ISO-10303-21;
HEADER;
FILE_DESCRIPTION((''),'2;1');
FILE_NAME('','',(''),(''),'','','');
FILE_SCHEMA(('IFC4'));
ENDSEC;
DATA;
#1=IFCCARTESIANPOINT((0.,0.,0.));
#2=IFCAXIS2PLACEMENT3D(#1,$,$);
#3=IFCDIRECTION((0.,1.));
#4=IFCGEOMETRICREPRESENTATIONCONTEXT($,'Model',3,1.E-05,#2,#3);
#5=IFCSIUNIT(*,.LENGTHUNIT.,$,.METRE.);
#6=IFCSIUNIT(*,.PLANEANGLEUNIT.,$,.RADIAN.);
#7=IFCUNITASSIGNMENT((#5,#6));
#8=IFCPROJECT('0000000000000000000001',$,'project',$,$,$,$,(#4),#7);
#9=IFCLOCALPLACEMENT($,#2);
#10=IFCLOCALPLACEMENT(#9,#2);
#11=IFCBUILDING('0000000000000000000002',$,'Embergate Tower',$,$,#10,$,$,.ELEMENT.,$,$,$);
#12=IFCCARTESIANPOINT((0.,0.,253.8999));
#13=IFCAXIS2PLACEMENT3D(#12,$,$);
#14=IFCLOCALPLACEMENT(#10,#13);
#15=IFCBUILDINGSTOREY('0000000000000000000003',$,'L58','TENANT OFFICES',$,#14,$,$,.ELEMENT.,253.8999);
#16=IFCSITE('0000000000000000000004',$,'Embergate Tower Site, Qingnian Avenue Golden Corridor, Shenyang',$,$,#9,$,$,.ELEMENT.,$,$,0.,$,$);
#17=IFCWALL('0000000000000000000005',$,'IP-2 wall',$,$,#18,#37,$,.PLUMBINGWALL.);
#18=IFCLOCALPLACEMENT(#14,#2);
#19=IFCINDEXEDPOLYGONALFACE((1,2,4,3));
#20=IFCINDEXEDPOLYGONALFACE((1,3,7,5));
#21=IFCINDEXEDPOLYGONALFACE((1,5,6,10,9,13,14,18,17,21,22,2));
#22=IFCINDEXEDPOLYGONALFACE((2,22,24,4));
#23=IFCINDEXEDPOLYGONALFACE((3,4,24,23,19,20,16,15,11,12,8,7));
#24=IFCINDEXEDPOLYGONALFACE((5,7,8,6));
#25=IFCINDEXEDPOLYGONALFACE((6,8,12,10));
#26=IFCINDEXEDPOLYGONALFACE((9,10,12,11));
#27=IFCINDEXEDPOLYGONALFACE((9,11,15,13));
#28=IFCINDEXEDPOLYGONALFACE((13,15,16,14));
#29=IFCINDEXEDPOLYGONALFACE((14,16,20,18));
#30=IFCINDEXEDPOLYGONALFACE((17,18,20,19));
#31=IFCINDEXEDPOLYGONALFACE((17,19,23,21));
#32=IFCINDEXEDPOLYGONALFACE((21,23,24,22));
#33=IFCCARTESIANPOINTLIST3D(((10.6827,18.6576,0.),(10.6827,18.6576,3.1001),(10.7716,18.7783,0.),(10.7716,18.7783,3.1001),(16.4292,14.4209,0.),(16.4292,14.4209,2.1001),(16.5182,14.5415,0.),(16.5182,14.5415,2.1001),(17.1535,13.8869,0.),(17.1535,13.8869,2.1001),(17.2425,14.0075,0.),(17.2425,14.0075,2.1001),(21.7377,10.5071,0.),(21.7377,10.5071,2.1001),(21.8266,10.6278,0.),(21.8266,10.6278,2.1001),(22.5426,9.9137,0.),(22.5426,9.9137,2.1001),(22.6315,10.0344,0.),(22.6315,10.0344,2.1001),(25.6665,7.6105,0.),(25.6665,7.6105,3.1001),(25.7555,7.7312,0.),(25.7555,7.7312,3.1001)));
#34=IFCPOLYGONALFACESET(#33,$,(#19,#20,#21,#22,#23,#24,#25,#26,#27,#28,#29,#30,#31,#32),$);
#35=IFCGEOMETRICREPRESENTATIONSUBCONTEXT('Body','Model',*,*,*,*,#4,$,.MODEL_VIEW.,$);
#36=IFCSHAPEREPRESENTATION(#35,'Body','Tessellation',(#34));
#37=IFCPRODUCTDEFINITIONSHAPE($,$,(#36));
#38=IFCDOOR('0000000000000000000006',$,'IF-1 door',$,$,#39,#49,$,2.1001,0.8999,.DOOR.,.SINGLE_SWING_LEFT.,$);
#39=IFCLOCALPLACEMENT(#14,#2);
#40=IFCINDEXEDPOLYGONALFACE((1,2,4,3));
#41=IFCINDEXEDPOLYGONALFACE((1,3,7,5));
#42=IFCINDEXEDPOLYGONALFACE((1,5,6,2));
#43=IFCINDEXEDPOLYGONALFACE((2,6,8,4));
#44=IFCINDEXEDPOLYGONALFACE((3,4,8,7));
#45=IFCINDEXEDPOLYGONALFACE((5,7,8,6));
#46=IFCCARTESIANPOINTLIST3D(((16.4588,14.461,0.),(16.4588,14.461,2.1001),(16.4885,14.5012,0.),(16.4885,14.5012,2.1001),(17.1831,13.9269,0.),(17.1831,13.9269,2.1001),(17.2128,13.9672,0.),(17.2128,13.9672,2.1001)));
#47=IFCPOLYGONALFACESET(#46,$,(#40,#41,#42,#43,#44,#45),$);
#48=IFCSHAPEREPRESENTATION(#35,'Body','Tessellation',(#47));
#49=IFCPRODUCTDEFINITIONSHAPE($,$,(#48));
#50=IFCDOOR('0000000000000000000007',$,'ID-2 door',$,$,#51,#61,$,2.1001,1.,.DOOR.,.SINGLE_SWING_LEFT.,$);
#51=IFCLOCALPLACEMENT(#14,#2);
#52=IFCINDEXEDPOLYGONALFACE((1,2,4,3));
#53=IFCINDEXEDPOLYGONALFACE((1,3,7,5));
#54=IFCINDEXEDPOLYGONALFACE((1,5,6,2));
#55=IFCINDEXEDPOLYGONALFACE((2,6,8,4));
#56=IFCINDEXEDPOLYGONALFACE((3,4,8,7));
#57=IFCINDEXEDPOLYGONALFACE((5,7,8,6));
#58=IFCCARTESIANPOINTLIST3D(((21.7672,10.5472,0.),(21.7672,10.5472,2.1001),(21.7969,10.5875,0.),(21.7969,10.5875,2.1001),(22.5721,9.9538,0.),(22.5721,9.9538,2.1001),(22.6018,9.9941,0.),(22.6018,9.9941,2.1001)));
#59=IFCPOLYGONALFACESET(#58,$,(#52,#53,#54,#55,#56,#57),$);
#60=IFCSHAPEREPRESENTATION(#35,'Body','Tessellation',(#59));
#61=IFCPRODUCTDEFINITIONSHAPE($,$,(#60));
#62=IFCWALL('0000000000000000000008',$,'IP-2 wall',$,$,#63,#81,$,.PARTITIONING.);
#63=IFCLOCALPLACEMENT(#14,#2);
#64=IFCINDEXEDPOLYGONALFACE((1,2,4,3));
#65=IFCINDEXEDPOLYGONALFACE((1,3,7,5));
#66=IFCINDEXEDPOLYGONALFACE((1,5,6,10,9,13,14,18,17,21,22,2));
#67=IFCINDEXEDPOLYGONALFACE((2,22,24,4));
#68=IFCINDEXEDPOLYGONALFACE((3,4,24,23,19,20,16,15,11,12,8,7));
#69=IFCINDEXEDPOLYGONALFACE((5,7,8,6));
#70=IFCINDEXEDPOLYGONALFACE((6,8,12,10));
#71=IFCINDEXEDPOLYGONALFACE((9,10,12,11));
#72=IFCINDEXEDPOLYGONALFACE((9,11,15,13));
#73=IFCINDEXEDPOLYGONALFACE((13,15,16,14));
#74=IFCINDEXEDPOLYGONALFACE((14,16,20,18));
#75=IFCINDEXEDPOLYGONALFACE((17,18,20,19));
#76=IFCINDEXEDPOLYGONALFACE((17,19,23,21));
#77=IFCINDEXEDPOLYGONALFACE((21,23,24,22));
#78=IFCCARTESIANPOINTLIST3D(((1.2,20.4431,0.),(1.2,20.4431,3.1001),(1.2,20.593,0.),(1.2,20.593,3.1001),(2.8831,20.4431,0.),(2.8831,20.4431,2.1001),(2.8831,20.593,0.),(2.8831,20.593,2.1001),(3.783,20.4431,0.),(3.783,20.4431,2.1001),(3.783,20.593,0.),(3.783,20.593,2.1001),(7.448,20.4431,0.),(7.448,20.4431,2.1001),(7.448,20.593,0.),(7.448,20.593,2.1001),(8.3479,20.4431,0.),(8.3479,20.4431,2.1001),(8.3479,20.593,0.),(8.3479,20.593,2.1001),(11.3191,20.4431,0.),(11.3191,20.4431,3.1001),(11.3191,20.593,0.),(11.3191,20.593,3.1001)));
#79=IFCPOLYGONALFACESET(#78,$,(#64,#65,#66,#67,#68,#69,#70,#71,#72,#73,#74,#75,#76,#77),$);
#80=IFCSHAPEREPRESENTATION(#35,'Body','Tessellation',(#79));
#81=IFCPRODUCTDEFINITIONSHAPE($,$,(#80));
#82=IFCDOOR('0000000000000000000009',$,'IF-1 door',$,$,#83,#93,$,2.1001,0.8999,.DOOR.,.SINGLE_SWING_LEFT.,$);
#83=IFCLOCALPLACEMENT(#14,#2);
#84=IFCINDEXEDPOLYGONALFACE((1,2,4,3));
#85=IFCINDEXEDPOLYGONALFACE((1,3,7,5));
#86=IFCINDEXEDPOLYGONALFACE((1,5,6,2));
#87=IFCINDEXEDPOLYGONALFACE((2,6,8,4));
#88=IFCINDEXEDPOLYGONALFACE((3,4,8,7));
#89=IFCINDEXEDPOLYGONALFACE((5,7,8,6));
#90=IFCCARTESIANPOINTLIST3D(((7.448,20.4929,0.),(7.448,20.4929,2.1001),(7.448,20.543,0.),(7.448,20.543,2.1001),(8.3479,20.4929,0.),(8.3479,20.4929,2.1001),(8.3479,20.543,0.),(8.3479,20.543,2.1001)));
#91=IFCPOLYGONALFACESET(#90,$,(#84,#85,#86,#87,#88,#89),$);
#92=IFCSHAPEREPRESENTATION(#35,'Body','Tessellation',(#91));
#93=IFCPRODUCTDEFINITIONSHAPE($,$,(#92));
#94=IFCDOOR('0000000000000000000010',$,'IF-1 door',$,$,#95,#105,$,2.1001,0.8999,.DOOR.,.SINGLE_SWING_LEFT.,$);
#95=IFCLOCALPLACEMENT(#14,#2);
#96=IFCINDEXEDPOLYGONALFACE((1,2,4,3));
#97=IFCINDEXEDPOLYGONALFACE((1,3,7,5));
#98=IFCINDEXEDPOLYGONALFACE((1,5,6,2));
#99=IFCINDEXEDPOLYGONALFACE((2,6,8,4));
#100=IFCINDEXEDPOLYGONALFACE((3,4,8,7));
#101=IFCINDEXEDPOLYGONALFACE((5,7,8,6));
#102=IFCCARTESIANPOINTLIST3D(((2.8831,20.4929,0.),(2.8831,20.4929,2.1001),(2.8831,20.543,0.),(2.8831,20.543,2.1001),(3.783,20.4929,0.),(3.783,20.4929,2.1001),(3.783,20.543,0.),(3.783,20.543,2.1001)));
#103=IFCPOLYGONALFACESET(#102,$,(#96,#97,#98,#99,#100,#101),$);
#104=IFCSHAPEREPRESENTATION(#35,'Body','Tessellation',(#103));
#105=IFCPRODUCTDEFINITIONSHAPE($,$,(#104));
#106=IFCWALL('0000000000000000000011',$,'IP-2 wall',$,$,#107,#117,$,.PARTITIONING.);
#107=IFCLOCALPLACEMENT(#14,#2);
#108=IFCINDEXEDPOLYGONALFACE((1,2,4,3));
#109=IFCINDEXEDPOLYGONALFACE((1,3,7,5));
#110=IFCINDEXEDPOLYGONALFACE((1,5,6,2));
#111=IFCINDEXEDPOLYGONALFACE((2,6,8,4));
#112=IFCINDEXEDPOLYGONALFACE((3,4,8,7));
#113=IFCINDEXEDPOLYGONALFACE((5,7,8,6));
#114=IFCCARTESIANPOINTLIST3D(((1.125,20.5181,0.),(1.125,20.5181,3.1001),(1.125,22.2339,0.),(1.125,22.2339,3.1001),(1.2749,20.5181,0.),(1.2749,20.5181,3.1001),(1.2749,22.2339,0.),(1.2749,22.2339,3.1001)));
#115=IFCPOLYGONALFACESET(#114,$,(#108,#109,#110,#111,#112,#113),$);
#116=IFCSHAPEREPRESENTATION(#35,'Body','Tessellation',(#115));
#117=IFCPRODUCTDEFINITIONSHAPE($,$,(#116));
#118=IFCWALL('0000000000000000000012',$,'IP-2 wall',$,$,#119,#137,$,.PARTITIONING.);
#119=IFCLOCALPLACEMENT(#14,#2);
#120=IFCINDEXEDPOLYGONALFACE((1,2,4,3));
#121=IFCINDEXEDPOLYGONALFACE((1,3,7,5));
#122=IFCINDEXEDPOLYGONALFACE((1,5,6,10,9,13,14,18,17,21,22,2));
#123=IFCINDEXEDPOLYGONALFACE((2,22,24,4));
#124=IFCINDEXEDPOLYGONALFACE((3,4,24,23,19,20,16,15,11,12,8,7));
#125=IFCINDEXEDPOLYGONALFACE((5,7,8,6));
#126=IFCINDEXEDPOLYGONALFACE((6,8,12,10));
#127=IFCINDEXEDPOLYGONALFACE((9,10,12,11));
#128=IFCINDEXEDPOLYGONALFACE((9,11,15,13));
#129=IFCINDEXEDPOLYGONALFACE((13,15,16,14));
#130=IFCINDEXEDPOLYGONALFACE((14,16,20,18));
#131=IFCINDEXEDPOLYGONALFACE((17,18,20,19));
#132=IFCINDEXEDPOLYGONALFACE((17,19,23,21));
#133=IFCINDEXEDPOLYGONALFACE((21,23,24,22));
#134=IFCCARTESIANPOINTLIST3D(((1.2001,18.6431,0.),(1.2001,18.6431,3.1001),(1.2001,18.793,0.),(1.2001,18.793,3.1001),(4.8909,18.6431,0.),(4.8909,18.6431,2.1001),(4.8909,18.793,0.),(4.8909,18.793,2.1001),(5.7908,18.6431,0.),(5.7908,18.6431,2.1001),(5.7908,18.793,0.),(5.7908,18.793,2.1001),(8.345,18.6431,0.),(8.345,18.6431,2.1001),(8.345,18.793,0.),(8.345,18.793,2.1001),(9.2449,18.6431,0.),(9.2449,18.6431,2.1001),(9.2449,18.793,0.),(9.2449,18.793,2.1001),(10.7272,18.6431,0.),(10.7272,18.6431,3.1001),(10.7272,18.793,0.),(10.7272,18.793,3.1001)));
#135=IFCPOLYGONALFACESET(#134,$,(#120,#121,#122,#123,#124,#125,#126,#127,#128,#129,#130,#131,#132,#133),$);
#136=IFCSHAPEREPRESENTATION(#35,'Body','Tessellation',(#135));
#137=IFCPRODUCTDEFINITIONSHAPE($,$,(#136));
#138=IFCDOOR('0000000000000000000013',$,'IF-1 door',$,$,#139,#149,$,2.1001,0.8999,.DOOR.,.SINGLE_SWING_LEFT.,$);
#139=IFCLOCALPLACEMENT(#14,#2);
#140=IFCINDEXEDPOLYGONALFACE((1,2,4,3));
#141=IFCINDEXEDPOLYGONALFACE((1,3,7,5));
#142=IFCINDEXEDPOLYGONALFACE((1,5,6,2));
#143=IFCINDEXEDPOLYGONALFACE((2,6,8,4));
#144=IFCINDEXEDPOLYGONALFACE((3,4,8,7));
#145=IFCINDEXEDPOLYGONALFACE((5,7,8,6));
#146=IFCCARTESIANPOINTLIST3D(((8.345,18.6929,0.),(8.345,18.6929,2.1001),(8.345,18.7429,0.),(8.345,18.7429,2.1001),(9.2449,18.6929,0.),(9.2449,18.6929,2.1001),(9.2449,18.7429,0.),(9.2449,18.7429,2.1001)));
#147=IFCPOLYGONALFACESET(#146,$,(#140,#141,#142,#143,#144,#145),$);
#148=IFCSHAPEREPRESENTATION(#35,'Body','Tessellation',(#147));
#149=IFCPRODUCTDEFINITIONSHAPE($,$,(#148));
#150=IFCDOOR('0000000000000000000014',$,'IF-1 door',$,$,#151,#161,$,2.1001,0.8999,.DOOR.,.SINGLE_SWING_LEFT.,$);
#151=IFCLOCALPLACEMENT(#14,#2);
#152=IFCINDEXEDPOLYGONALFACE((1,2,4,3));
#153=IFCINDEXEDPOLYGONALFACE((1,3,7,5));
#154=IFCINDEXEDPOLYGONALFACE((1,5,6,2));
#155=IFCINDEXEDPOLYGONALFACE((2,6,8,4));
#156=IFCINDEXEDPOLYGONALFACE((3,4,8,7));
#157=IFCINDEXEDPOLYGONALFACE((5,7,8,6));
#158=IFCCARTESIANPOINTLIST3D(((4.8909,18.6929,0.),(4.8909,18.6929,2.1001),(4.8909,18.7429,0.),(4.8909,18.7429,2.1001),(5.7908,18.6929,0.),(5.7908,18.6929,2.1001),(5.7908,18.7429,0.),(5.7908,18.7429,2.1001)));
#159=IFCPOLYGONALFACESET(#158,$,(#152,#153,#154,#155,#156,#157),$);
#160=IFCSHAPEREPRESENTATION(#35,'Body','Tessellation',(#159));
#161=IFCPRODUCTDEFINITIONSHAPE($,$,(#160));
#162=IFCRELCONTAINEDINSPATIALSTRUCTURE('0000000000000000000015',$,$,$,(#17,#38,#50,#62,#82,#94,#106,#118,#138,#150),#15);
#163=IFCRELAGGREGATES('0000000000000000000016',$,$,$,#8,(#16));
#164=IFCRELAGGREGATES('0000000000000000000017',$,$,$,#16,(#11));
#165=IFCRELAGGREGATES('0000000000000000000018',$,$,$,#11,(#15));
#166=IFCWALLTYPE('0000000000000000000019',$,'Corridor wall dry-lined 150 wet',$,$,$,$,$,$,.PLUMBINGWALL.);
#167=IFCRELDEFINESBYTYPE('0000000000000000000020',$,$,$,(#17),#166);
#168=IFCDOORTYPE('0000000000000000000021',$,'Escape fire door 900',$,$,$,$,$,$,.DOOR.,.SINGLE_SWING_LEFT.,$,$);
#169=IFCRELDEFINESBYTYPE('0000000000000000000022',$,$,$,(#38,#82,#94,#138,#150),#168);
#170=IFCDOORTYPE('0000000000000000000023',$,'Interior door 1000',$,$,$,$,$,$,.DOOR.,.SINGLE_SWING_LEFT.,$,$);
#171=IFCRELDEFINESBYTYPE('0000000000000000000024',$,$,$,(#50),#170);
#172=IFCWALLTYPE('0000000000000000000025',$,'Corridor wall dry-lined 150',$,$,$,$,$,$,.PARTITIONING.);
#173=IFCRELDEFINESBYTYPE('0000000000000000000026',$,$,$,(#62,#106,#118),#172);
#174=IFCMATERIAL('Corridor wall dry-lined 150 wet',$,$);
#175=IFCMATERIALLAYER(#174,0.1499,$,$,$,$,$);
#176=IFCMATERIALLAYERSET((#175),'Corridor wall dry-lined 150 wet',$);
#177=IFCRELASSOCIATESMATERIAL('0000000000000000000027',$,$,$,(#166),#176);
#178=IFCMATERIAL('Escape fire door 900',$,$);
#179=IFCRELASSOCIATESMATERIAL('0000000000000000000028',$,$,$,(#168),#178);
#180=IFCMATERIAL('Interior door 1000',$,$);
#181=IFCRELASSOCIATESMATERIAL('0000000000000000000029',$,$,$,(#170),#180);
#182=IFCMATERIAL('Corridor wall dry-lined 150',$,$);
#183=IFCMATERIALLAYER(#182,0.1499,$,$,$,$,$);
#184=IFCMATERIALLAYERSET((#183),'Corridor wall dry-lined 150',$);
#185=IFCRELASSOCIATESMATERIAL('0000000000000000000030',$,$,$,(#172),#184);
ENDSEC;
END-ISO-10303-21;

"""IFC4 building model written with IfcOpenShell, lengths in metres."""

from ifc_helpers import new_model, si_unit, direction, frame, frame_2d, origin, place, context, subcontext, project, spatial, rectangle, extrude, source, transform, mapped, material, layer, layer_set, type_object, element, fill, save


model = new_model("IFC4")

# Units and contexts
model_context = context("Model", 3, precision=1e-05, world=origin(), true_north=direction((0.0, 1.0)))
body_context = subcontext(model_context, "Body", "Model", "MODEL_VIEW")
ifc_project = project(units=[si_unit("LENGTHUNIT", "METRE"), si_unit("PLANEANGLEUNIT", "RADIAN")], contexts=[model_context])

# Site, building, storey
site_placement = place(None, origin())
site = spatial("IfcSite", under=ifc_project, at=site_placement, Name="Embergate Tower Site, Qingnian Avenue Golden Corridor, Shenyang", CompositionType="ELEMENT", RefElevation=0.0)
building_placement = place(site_placement, origin())
building = spatial("IfcBuilding", under=site, at=building_placement, Name="Embergate Tower", CompositionType="ELEMENT")
storey_placement = place(building_placement, frame((0.0, 0.0, 253.8999)))
storey = spatial("IfcBuildingStorey", under=building, at=storey_placement, Name="L58", Description="TENANT OFFICES", CompositionType="ELEMENT", Elevation=253.8999)

# Walls, openings, doors
ifc_material_1 = material(Name="Corridor wall dry-lined 150 wet")
ifc_layer_1 = layer(ifc_material_1, 0.1499)
ifc_layer_set_1 = layer_set([ifc_layer_1], Name="Corridor wall dry-lined 150 wet")
wall_type_1 = type_object("IfcWallType", Name="Corridor wall dry-lined 150 wet", PredefinedType="PLUMBINGWALL", material=ifc_layer_set_1)
shared_shape_1 = source(origin(), body_context, "Body", "SweptSolid", [
    extrude(rectangle(XDim=1.0, YDim=2.1001, at=frame_2d((0.5, 1.05))), frame((0.0, 0.085, 0.0), z_axis=(0.0, -1.0, 0.0), x_axis=(1.0, 0.0, 0.0)), (0.0, 0.0, 1.0), 0.1699),
])
shared_shape_2 = source(origin(), body_context, "Body", "SweptSolid", [
    extrude(rectangle(XDim=0.8999, YDim=2.1001, at=frame_2d((0.45, 1.05))), frame((0.0, 0.085, 0.0), z_axis=(0.0, -1.0, 0.0), x_axis=(1.0, 0.0, 0.0)), (0.0, 0.0, 1.0), 0.1699),
])
ifc_material_2 = material(Name="Escape fire door 900")
door_type_1 = type_object("IfcDoorType", Name="Escape fire door 900", OperationType="SINGLE_SWING_LEFT", PredefinedType="DOOR", material=ifc_material_2)
shared_shape_3 = source(origin(), body_context, "Body", "SweptSolid", [
    extrude(rectangle(XDim=0.8999, YDim=2.1001, at=frame_2d((0.45, 1.05))), frame((0.0, 0.0249, 0.0), z_axis=(0.0, -1.0, 0.0), x_axis=(1.0, 0.0, 0.0)), (0.0, 0.0, 1.0), 0.05),
])
ifc_material_3 = material(Name="Interior door 1000")
door_type_2 = type_object("IfcDoorType", Name="Interior door 1000", OperationType="SINGLE_SWING_LEFT", PredefinedType="DOOR", material=ifc_material_3)
shared_shape_4 = source(origin(), body_context, "Body", "SweptSolid", [
    extrude(rectangle(XDim=1.0, YDim=2.1001, at=frame_2d((0.5, 1.05))), frame((0.0, 0.0249, 0.0), z_axis=(0.0, -1.0, 0.0), x_axis=(1.0, 0.0, 0.0)), (0.0, 0.0, 1.0), 0.05),
])
shared_shape_5 = source(origin(), body_context, "Body", "SweptSolid", [
    extrude(rectangle(XDim=18.616, YDim=0.1499, at=frame_2d((9.3081, 0.0))), origin(), (0.0, 0.0, 1.0), 3.1001),
])
wall_1_placement = place(storey_placement, frame((10.7271, 18.718, 0.0), z_axis=(0.0, 0.0, 1.0), x_axis=(0.804893, -0.59342, 0.0)))
wall_1 = element("IfcWall", 1, at=wall_1_placement, inside=storey, type_object=wall_type_1, Name="IP-2 wall", PredefinedType="PLUMBINGWALL", context=body_context, shape_type="MappedRepresentation", body=[
    mapped(shared_shape_5, transform((0.0, 0.0, 0.0))),
])
opening_1_placement = place(wall_1_placement, frame((13.7349, 0.0, 0.0)))
opening_1 = element("IfcOpeningElement", 2, at=opening_1_placement, cuts=wall_1, PredefinedType="OPENING", context=body_context, shape_type="MappedRepresentation", body=[
    mapped(shared_shape_1, transform((0.0, 0.0, 0.0))),
])
opening_2_placement = place(wall_1_placement, frame((7.1396, 0.0, 0.0)))
opening_2 = element("IfcOpeningElement", 3, at=opening_2_placement, cuts=wall_1, PredefinedType="OPENING", context=body_context, shape_type="MappedRepresentation", body=[
    mapped(shared_shape_2, transform((0.0, 0.0, 0.0))),
])
door_1_placement = place(opening_2_placement, origin())
door_1 = element("IfcDoor", 4, at=door_1_placement, inside=storey, type_object=door_type_1, Name="IF-1 door", OperationType="SINGLE_SWING_LEFT", OverallHeight=2.1001, OverallWidth=0.8999, PredefinedType="DOOR", context=body_context, shape_type="MappedRepresentation", body=[
    mapped(shared_shape_3, transform((0.0, 0.0, 0.0))),
])
fill(opening_2, door_1)
door_2_placement = place(opening_1_placement, origin())
door_2 = element("IfcDoor", 5, at=door_2_placement, inside=storey, type_object=door_type_2, Name="ID-2 door", OperationType="SINGLE_SWING_LEFT", OverallHeight=2.1001, OverallWidth=1.0, PredefinedType="DOOR", context=body_context, shape_type="MappedRepresentation", body=[
    mapped(shared_shape_4, transform((0.0, 0.0, 0.0))),
])
fill(opening_1, door_2)
ifc_material_4 = material(Name="Corridor wall dry-lined 150")
ifc_layer_2 = layer(ifc_material_4, 0.1499)
ifc_layer_set_2 = layer_set([ifc_layer_2], Name="Corridor wall dry-lined 150")
wall_type_2 = type_object("IfcWallType", Name="Corridor wall dry-lined 150", PredefinedType="PARTITIONING", material=ifc_layer_set_2)
shared_shape_6 = source(origin(), body_context, "Body", "SweptSolid", [
    extrude(rectangle(XDim=10.1191, YDim=0.1499, at=frame_2d((5.0596, 0.0))), origin(), (0.0, 0.0, 1.0), 3.1001),
])
wall_2_placement = place(storey_placement, frame((1.2, 20.5181, 0.0), z_axis=(0.0, 0.0, 1.0), x_axis=(1.0, 0.0, 0.0)))
wall_2 = element("IfcWall", 6, at=wall_2_placement, inside=storey, type_object=wall_type_2, Name="IP-2 wall", PredefinedType="PARTITIONING", context=body_context, shape_type="MappedRepresentation", body=[
    mapped(shared_shape_6, transform((0.0, 0.0, 0.0))),
])
opening_3_placement = place(wall_2_placement, frame((6.248, 0.0, 0.0)))
opening_3 = element("IfcOpeningElement", 7, at=opening_3_placement, cuts=wall_2, PredefinedType="OPENING", context=body_context, shape_type="MappedRepresentation", body=[
    mapped(shared_shape_2, transform((0.0, 0.0, 0.0))),
])
opening_4_placement = place(wall_2_placement, frame((1.6831, 0.0, 0.0)))
opening_4 = element("IfcOpeningElement", 8, at=opening_4_placement, cuts=wall_2, PredefinedType="OPENING", context=body_context, shape_type="MappedRepresentation", body=[
    mapped(shared_shape_2, transform((0.0, 0.0, 0.0))),
])
door_3_placement = place(opening_3_placement, origin())
door_3 = element("IfcDoor", 9, at=door_3_placement, inside=storey, type_object=door_type_1, Name="IF-1 door", OperationType="SINGLE_SWING_LEFT", OverallHeight=2.1001, OverallWidth=0.8999, PredefinedType="DOOR", context=body_context, shape_type="MappedRepresentation", body=[
    mapped(shared_shape_3, transform((0.0, 0.0, 0.0))),
])
fill(opening_3, door_3)
door_4_placement = place(opening_4_placement, origin())
door_4 = element("IfcDoor", 10, at=door_4_placement, inside=storey, type_object=door_type_1, Name="IF-1 door", OperationType="SINGLE_SWING_LEFT", OverallHeight=2.1001, OverallWidth=0.8999, PredefinedType="DOOR", context=body_context, shape_type="MappedRepresentation", body=[
    mapped(shared_shape_3, transform((0.0, 0.0, 0.0))),
])
fill(opening_4, door_4)

# Wall
shared_shape_7 = source(origin(), body_context, "Body", "SweptSolid", [
    extrude(rectangle(XDim=1.7158, YDim=0.1499, at=frame_2d((0.8579, 0.0))), origin(), (0.0, 0.0, 1.0), 3.1001),
])
wall_3_placement = place(storey_placement, frame((1.2, 22.2339, 0.0), z_axis=(0.0, 0.0, 1.0), x_axis=(0.0, -1.0, 0.0)))
element("IfcWall", 11, at=wall_3_placement, inside=storey, type_object=wall_type_2, Name="IP-2 wall", PredefinedType="PARTITIONING", context=body_context, shape_type="MappedRepresentation", body=[
    mapped(shared_shape_7, transform((0.0, 0.0, 0.0))),
])

# Wall, openings, doors
shared_shape_8 = source(origin(), body_context, "Body", "SweptSolid", [
    extrude(rectangle(XDim=9.5271, YDim=0.1499, at=frame_2d((4.7637, 0.0))), origin(), (0.0, 0.0, 1.0), 3.1001),
])
wall_4_placement = place(storey_placement, frame((1.2, 18.718, 0.0), z_axis=(0.0, 0.0, 1.0), x_axis=(1.0, 0.0, 0.0)))
wall_4 = element("IfcWall", 12, at=wall_4_placement, inside=storey, type_object=wall_type_2, Name="IP-2 wall", PredefinedType="PARTITIONING", context=body_context, shape_type="MappedRepresentation", body=[
    mapped(shared_shape_8, transform((0.0, 0.0, 0.0))),
])
opening_5_placement = place(wall_4_placement, frame((7.145, 0.0, 0.0)))
opening_5 = element("IfcOpeningElement", 13, at=opening_5_placement, cuts=wall_4, PredefinedType="OPENING", context=body_context, shape_type="MappedRepresentation", body=[
    mapped(shared_shape_2, transform((0.0, 0.0, 0.0))),
])
opening_6_placement = place(wall_4_placement, frame((3.6909, 0.0, 0.0)))
opening_6 = element("IfcOpeningElement", 14, at=opening_6_placement, cuts=wall_4, PredefinedType="OPENING", context=body_context, shape_type="MappedRepresentation", body=[
    mapped(shared_shape_2, transform((0.0, 0.0, 0.0))),
])
door_5_placement = place(opening_5_placement, origin())
door_5 = element("IfcDoor", 15, at=door_5_placement, inside=storey, type_object=door_type_1, Name="IF-1 door", OperationType="SINGLE_SWING_LEFT", OverallHeight=2.1001, OverallWidth=0.8999, PredefinedType="DOOR", context=body_context, shape_type="MappedRepresentation", body=[
    mapped(shared_shape_3, transform((0.0, 0.0, 0.0))),
])
fill(opening_5, door_5)
door_6_placement = place(opening_6_placement, origin())
door_6 = element("IfcDoor", 16, at=door_6_placement, inside=storey, type_object=door_type_1, Name="IF-1 door", OperationType="SINGLE_SWING_LEFT", OverallHeight=2.1001, OverallWidth=0.8999, PredefinedType="DOOR", context=body_context, shape_type="MappedRepresentation", body=[
    mapped(shared_shape_3, transform((0.0, 0.0, 0.0))),
])
fill(opening_6, door_6)

save(model, "model.ifc")
